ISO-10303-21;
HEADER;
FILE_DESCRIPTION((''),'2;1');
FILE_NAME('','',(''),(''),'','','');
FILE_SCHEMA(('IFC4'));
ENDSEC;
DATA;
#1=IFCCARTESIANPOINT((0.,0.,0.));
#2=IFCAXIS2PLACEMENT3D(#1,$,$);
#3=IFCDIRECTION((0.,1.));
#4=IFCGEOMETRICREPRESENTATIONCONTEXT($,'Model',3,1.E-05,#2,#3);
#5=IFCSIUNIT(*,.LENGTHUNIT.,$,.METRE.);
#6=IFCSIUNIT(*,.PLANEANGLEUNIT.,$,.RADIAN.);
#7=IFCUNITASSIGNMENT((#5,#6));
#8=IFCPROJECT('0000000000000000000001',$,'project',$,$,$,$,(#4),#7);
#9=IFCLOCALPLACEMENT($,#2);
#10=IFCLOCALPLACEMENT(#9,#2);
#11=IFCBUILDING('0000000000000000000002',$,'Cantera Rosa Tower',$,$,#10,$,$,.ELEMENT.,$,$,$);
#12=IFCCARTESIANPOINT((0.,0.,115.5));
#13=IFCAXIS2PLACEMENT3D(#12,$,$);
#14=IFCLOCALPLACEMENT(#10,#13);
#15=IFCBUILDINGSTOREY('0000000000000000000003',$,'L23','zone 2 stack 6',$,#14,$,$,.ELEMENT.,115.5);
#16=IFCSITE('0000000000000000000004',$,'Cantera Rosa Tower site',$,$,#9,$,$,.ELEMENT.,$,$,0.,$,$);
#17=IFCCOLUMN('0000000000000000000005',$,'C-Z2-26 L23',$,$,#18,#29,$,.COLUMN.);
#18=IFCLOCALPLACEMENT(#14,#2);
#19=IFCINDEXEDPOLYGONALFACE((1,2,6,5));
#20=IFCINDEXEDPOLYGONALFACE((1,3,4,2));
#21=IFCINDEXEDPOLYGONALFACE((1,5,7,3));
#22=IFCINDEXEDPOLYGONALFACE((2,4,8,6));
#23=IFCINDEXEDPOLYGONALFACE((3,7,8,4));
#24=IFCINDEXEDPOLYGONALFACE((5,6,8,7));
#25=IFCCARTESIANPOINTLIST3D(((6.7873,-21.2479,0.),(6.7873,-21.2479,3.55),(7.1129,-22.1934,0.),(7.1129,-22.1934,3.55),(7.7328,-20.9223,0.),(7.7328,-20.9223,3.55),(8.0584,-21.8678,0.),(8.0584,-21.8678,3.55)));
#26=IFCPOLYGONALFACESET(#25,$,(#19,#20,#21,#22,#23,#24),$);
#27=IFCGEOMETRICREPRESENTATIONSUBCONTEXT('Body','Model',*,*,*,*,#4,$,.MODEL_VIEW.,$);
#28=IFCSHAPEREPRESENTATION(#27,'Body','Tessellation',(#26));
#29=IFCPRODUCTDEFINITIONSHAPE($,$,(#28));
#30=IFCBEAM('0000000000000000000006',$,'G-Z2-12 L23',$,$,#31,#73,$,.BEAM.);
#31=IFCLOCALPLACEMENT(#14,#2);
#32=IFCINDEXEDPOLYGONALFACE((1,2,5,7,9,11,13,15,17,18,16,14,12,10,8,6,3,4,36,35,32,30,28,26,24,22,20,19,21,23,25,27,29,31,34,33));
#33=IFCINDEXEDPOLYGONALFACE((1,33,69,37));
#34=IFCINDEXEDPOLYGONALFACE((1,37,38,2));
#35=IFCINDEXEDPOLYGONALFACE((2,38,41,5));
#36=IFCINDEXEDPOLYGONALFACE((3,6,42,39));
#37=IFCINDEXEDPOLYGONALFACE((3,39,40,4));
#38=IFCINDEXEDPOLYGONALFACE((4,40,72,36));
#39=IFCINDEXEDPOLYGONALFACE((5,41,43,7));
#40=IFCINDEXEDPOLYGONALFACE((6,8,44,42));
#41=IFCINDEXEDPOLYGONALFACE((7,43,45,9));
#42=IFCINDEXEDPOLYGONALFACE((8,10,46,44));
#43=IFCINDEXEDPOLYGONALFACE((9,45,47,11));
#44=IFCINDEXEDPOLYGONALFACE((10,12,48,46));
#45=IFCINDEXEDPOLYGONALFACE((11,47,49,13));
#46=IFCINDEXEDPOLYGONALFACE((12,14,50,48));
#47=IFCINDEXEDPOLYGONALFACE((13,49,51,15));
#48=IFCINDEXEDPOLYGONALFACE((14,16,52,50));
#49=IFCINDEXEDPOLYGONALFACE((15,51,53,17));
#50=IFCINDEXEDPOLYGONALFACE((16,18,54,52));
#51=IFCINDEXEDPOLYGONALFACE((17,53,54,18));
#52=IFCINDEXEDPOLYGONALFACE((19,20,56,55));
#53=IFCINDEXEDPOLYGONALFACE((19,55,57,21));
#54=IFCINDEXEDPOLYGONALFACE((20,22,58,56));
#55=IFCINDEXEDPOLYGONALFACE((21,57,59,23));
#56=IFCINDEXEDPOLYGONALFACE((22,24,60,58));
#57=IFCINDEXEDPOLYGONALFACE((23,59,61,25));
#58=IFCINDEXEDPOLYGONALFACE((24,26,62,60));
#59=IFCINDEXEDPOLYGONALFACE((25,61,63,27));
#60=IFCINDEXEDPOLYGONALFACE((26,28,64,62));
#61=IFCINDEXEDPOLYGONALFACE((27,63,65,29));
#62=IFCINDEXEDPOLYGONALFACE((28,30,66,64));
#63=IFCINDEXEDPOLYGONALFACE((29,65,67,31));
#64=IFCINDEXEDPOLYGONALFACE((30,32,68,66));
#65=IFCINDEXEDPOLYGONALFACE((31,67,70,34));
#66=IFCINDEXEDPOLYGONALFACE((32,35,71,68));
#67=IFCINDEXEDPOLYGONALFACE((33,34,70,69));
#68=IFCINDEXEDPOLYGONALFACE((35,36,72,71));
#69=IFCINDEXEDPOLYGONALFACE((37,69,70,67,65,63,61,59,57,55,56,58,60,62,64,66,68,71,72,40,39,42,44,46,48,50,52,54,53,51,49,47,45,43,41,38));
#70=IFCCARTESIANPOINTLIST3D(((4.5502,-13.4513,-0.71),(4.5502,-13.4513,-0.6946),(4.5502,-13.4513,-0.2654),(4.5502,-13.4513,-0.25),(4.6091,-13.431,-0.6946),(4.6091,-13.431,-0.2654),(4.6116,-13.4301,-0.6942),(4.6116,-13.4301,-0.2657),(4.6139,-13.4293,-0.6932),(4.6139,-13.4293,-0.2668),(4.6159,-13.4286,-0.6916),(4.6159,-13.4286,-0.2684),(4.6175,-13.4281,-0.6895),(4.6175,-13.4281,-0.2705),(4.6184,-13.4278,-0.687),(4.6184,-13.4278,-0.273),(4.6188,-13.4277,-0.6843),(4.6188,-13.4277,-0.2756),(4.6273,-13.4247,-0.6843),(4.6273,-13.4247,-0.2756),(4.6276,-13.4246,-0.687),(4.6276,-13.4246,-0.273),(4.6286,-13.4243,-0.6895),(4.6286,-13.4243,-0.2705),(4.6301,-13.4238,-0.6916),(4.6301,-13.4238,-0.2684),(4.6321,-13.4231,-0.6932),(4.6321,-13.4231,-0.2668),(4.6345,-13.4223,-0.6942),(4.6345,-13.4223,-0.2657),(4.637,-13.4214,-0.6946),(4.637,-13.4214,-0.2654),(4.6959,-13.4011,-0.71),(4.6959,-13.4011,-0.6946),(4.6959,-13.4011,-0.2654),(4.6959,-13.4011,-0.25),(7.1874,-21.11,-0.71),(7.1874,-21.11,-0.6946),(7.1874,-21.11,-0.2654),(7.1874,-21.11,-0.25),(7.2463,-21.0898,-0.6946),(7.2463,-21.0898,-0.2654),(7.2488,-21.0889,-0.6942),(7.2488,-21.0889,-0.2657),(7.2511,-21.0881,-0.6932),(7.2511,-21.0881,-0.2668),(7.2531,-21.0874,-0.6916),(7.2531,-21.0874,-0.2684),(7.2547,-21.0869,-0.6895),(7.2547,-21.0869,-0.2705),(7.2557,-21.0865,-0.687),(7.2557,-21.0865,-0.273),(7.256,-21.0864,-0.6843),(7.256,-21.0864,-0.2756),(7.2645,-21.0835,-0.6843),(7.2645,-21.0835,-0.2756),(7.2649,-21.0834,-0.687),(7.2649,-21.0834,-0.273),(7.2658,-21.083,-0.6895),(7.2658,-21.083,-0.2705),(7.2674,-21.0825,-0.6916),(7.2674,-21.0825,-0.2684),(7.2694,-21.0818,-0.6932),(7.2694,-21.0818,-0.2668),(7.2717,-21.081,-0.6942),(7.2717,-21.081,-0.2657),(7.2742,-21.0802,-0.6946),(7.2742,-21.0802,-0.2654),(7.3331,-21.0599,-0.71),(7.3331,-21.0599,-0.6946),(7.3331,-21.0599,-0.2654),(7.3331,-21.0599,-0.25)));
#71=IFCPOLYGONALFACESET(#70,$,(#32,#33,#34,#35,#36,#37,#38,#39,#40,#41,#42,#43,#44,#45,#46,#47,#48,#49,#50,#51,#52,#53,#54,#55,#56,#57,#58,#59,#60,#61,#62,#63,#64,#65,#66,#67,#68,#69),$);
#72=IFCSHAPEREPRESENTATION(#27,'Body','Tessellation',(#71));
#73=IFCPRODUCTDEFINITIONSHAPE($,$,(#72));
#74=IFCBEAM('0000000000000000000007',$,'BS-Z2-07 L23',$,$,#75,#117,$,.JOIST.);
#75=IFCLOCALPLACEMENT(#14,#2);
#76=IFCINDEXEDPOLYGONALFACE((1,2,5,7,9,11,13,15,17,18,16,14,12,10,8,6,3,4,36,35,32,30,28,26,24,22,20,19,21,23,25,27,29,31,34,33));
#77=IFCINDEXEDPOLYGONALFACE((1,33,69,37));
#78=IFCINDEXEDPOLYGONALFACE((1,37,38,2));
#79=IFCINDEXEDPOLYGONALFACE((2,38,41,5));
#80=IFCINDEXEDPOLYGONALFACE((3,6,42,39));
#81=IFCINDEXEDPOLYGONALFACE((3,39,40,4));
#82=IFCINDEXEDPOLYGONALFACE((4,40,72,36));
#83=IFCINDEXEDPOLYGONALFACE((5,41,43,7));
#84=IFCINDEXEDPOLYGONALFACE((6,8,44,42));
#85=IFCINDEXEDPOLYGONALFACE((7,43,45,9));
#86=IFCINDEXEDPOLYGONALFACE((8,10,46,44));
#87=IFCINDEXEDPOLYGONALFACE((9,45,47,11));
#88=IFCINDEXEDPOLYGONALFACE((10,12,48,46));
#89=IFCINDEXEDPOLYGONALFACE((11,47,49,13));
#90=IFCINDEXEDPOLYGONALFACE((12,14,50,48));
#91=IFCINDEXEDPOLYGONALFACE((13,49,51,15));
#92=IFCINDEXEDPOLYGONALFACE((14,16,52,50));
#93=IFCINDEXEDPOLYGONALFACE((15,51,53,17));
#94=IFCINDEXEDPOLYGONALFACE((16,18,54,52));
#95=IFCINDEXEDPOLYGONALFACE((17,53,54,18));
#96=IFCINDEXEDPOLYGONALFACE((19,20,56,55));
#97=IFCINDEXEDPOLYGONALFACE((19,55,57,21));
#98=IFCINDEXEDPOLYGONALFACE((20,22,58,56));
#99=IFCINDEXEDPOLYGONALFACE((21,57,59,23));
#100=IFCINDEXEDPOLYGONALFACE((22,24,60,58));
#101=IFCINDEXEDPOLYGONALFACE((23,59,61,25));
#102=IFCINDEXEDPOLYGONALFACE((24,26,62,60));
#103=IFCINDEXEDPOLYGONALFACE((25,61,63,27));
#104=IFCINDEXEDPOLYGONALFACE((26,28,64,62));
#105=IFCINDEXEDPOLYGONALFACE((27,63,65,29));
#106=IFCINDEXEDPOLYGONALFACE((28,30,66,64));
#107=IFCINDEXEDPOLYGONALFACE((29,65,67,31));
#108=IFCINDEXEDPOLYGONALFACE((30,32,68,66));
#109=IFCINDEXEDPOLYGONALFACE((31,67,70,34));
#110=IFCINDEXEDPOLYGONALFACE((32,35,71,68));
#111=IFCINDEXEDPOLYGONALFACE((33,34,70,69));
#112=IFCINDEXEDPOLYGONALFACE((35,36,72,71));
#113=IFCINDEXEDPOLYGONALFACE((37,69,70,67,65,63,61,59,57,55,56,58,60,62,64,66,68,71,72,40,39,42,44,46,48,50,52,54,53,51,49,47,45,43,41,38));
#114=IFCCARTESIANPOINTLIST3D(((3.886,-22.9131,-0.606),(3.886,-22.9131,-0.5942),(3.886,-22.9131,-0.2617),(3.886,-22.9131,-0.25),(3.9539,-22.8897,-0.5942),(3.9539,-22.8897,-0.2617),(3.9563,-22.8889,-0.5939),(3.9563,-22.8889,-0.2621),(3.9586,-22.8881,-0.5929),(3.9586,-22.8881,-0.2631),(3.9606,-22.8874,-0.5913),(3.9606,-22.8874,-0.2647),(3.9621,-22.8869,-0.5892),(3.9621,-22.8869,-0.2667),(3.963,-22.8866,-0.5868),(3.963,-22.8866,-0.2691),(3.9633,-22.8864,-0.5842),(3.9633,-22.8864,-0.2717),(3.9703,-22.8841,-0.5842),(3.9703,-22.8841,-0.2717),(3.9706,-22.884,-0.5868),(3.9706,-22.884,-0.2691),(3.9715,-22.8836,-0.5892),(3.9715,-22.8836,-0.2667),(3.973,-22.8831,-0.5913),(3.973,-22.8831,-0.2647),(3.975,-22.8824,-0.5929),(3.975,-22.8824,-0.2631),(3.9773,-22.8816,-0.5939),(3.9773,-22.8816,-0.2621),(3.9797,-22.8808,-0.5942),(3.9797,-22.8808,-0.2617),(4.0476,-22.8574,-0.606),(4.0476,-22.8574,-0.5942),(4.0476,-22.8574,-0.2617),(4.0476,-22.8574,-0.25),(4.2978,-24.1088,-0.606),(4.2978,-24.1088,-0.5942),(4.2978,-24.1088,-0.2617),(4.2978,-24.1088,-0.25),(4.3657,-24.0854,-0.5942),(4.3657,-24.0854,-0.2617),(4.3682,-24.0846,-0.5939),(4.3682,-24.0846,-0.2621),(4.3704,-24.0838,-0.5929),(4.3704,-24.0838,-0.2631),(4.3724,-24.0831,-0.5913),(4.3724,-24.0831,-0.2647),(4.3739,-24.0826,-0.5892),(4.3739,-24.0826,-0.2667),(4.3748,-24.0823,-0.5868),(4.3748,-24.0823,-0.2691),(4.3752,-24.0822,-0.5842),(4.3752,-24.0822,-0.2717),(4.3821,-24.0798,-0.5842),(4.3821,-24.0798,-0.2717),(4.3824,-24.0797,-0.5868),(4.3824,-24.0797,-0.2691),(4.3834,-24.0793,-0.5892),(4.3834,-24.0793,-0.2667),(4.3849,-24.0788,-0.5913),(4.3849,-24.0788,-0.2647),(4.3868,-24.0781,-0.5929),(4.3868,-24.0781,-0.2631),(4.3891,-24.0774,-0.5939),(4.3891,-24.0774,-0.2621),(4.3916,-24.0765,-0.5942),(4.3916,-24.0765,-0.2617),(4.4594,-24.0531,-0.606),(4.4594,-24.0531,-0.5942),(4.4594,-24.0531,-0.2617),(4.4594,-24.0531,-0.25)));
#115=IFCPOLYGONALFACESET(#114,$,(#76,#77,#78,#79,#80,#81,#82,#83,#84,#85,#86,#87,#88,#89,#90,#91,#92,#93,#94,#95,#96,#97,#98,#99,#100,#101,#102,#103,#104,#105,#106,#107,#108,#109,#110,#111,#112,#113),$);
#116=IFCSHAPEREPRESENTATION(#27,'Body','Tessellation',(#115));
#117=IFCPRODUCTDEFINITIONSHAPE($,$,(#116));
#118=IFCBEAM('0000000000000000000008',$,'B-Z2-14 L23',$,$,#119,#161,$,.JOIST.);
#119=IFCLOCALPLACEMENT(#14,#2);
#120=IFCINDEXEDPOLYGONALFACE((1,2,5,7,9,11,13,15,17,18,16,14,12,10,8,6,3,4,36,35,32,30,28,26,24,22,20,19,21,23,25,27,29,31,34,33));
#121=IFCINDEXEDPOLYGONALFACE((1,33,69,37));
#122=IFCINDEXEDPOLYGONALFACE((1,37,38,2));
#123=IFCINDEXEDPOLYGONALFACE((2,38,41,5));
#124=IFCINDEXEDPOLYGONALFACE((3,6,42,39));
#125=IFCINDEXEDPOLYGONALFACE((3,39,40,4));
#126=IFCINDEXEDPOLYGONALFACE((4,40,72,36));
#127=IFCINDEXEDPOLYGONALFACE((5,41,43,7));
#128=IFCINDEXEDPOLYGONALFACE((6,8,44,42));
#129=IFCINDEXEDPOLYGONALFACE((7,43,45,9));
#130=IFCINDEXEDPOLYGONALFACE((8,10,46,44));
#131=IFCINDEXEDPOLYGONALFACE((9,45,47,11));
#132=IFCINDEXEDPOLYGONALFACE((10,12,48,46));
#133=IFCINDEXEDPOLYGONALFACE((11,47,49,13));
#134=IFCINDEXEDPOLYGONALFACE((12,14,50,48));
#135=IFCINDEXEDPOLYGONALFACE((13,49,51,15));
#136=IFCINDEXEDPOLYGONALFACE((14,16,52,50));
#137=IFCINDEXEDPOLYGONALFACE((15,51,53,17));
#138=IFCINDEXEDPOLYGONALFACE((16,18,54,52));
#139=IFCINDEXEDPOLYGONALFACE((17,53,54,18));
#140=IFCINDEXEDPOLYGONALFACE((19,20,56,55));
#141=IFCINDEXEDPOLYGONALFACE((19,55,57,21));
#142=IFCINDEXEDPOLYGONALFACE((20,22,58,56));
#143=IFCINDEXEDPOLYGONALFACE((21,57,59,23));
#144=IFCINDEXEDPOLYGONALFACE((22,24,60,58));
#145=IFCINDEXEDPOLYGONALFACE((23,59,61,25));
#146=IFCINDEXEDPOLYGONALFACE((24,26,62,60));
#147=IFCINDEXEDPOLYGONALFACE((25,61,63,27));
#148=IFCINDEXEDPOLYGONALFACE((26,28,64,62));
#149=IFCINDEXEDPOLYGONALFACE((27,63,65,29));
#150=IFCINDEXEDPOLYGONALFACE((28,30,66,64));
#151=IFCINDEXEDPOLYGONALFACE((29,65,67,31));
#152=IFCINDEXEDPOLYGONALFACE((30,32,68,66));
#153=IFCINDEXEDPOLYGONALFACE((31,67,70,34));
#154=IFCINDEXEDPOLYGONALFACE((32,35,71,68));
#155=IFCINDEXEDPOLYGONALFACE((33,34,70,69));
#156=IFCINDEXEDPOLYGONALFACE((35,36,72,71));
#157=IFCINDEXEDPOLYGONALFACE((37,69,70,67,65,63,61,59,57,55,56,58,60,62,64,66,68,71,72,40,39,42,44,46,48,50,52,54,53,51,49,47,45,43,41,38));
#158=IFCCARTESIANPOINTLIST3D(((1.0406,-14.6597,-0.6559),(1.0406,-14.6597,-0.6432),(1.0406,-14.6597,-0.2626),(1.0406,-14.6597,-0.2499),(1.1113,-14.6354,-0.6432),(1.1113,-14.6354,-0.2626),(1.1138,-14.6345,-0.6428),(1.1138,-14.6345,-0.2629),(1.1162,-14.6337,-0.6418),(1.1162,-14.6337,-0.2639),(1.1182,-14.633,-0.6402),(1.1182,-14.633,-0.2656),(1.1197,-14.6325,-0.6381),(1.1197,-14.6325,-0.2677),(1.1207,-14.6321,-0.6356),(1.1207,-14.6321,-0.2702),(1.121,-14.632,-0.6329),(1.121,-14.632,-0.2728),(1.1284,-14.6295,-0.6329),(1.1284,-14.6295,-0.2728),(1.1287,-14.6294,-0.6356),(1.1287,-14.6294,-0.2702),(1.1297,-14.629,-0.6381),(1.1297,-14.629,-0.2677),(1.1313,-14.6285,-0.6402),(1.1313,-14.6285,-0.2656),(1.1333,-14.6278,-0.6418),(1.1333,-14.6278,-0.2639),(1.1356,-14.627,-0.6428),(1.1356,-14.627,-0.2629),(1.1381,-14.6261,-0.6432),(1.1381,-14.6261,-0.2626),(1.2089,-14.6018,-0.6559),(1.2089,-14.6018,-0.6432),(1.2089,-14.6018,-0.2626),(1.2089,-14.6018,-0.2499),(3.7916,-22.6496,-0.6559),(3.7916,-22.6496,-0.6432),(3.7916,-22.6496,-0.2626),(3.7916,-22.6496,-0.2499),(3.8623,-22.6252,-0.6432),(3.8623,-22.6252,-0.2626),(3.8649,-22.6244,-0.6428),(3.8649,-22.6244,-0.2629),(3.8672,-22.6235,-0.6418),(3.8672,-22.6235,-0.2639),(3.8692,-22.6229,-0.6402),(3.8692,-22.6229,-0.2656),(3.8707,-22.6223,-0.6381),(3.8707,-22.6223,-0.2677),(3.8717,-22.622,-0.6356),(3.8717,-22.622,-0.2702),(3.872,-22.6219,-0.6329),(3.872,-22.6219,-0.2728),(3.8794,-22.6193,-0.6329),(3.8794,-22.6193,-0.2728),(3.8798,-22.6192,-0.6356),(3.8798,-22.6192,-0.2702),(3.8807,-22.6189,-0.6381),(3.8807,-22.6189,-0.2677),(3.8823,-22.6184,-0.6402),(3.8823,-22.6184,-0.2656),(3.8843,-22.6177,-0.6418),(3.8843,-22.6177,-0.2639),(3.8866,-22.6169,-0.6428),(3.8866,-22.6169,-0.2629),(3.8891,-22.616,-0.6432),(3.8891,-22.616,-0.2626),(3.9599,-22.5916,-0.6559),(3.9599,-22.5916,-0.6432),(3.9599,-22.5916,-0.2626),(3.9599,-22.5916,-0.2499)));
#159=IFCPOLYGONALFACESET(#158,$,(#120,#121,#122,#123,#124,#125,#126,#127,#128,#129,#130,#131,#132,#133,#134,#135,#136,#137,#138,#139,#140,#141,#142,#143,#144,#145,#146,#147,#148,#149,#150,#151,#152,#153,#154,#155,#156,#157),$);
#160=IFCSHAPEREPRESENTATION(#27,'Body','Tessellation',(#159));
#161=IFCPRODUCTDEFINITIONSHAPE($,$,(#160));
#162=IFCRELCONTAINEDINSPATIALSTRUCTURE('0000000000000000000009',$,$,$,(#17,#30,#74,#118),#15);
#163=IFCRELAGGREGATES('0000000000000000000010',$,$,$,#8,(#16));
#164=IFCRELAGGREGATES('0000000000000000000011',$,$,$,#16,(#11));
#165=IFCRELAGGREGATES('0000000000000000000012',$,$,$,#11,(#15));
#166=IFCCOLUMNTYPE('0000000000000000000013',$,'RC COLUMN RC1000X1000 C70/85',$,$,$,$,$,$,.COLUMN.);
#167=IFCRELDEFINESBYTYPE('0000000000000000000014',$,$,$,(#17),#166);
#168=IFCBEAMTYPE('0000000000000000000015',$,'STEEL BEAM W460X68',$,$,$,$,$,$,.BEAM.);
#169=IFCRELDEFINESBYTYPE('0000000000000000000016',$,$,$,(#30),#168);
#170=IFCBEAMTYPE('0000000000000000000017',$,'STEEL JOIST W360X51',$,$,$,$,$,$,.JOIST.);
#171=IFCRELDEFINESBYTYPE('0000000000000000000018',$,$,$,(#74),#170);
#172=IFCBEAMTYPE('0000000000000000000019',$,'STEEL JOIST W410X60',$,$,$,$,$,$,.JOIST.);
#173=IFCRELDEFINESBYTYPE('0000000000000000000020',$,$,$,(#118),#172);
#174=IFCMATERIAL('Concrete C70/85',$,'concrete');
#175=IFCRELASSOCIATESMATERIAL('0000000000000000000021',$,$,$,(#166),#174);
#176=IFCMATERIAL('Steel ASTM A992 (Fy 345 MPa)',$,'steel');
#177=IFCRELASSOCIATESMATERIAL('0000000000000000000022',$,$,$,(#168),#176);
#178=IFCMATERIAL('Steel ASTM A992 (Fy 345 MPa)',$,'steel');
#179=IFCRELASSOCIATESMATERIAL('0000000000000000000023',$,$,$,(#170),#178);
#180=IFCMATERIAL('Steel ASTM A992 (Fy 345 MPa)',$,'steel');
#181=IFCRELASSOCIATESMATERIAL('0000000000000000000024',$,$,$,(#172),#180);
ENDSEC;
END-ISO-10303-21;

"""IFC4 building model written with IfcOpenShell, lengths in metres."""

from ifc_helpers import new_model, si_unit, direction, frame, origin, origin_2d, place, context, subcontext, project, spatial, rectangle, i_section, extrude, material, material_profile, profile_set, type_object, element, save


model = new_model("IFC4")

# Units and contexts
model_context = context("Model", 3, precision=1e-05, world=origin(), true_north=direction((0.0, 1.0)))
body_context = subcontext(model_context, "Body", "Model", "MODEL_VIEW")
ifc_project = project(units=[si_unit("LENGTHUNIT", "METRE"), si_unit("PLANEANGLEUNIT", "RADIAN")], contexts=[model_context])

# Site, building, storey
site_placement = place(None, origin())
site = spatial("IfcSite", under=ifc_project, at=site_placement, Name="Cantera Rosa Tower site", CompositionType="ELEMENT", RefElevation=0.0)
building_placement = place(site_placement, origin())
building = spatial("IfcBuilding", under=site, at=building_placement, Name="Cantera Rosa Tower", CompositionType="ELEMENT")
storey_placement = place(building_placement, frame((0.0, 0.0, 115.5)))
storey = spatial("IfcBuildingStorey", under=building, at=storey_placement, Name="L23", Description="zone 2 stack 6", CompositionType="ELEMENT", Elevation=115.5)

# Column
ifc_material_1 = material(Name="Concrete C70/85", Category="concrete")
ifc_material_profile_1 = material_profile(ifc_material_1, rectangle(XDim=1.0, YDim=1.0, at=origin_2d()), Name="RC COLUMN RC1000X1000 C70/85")
ifc_profile_set_1 = profile_set([ifc_material_profile_1], Name="Concrete C70/85")
column_type = type_object("IfcColumnType", Name="RC COLUMN RC1000X1000 C70/85", PredefinedType="COLUMN", material=ifc_profile_set_1)
column_placement = place(storey_placement, frame((7.4229, -21.5579, 0.0), z_axis=(0.0, 0.0, 1.0), x_axis=(0.945519, 0.325568, 0.0)))
element("IfcColumn", 1, at=column_placement, inside=storey, type_object=column_type, Name="C-Z2-26 L23", PredefinedType="COLUMN", context=body_context, shape_type="SweptSolid", body=[
    extrude(rectangle(XDim=1.0, YDim=1.0, at=origin_2d()), origin(), (0.0, 0.0, 1.0), 3.55),
])

# Beams
ifc_material_2 = material(Name="Steel ASTM A992 (Fy 345 MPa)", Category="steel")
ifc_material_profile_2 = material_profile(ifc_material_2, i_section(OverallWidth=0.1541, OverallDepth=0.46, WebThickness=0.009, FlangeThickness=0.0154, FilletRadius=0.0103, at=origin_2d()), Name="W460X68")
ifc_profile_set_2 = profile_set([ifc_material_profile_2], Name="Steel ASTM A992 (Fy 345 MPa)")
beam_type_1 = type_object("IfcBeamType", Name="STEEL BEAM W460X68", PredefinedType="BEAM", material=ifc_profile_set_2)
beam_1_placement = place(storey_placement, frame((7.2603, -21.085, -0.48), z_axis=(-0.32558, 0.945514, 0.0), x_axis=(-0.945514, -0.32558, 0.0)))
element("IfcBeam", 2, at=beam_1_placement, inside=storey, type_object=beam_type_1, Name="G-Z2-12 L23", PredefinedType="BEAM", context=body_context, shape_type="SweptSolid", body=[
    extrude(i_section(OverallWidth=0.1541, OverallDepth=0.46, WebThickness=0.009, FlangeThickness=0.0154, FilletRadius=0.0103, at=origin_2d()), origin(), (0.0, 0.0, 1.0), 8.1001),
])
ifc_material_3 = material(Name="Steel ASTM A992 (Fy 345 MPa)", Category="steel")
ifc_material_profile_3 = material_profile(ifc_material_3, i_section(OverallWidth=0.1709, OverallDepth=0.356, WebThickness=0.0073, FlangeThickness=0.0117, FilletRadius=0.01, at=origin_2d()), Name="W360X51")
ifc_profile_set_3 = profile_set([ifc_material_profile_3], Name="Steel ASTM A992 (Fy 345 MPa)")
beam_type_2 = type_object("IfcBeamType", Name="STEEL JOIST W360X51", PredefinedType="JOIST", material=ifc_profile_set_3)
beam_2_placement = place(storey_placement, frame((3.9668, -22.8853, -0.428), z_axis=(0.325652, -0.94549, 0.0), x_axis=(0.94549, 0.325652, 0.0)))
element("IfcBeam", 3, at=beam_2_placement, inside=storey, type_object=beam_type_2, Name="BS-Z2-07 L23", PredefinedType="JOIST", context=body_context, shape_type="SweptSolid", body=[
    extrude(i_section(OverallWidth=0.1709, OverallDepth=0.356, WebThickness=0.0073, FlangeThickness=0.0117, FilletRadius=0.01, at=origin_2d()), origin(), (0.0, 0.0, 1.0), 1.2646),
])
ifc_material_4 = material(Name="Steel ASTM A992 (Fy 345 MPa)", Category="steel")
ifc_material_profile_4 = material_profile(ifc_material_4, i_section(OverallWidth=0.178, OverallDepth=0.406, WebThickness=0.0078, FlangeThickness=0.0127, FilletRadius=0.0103, at=origin_2d()), Name="W410X60")
ifc_profile_set_4 = profile_set([ifc_material_profile_4], Name="Steel ASTM A992 (Fy 345 MPa)")
beam_type_3 = type_object("IfcBeamType", Name="STEEL JOIST W410X60", PredefinedType="JOIST", material=ifc_profile_set_4)
beam_3_placement = place(storey_placement, frame((3.8757, -22.6206, -0.4529), z_axis=(-0.325556, 0.945523, 0.0), x_axis=(-0.945523, -0.325556, 0.0)))
element("IfcBeam", 4, at=beam_3_placement, inside=storey, type_object=beam_type_3, Name="B-Z2-14 L23", PredefinedType="JOIST", context=body_context, shape_type="SweptSolid", body=[
    extrude(i_section(OverallWidth=0.178, OverallDepth=0.406, WebThickness=0.0078, FlangeThickness=0.0127, FilletRadius=0.0103, at=origin_2d()), origin(), (0.0, 0.0, 1.0), 8.4502),
])

save(model, "model.ifc")
